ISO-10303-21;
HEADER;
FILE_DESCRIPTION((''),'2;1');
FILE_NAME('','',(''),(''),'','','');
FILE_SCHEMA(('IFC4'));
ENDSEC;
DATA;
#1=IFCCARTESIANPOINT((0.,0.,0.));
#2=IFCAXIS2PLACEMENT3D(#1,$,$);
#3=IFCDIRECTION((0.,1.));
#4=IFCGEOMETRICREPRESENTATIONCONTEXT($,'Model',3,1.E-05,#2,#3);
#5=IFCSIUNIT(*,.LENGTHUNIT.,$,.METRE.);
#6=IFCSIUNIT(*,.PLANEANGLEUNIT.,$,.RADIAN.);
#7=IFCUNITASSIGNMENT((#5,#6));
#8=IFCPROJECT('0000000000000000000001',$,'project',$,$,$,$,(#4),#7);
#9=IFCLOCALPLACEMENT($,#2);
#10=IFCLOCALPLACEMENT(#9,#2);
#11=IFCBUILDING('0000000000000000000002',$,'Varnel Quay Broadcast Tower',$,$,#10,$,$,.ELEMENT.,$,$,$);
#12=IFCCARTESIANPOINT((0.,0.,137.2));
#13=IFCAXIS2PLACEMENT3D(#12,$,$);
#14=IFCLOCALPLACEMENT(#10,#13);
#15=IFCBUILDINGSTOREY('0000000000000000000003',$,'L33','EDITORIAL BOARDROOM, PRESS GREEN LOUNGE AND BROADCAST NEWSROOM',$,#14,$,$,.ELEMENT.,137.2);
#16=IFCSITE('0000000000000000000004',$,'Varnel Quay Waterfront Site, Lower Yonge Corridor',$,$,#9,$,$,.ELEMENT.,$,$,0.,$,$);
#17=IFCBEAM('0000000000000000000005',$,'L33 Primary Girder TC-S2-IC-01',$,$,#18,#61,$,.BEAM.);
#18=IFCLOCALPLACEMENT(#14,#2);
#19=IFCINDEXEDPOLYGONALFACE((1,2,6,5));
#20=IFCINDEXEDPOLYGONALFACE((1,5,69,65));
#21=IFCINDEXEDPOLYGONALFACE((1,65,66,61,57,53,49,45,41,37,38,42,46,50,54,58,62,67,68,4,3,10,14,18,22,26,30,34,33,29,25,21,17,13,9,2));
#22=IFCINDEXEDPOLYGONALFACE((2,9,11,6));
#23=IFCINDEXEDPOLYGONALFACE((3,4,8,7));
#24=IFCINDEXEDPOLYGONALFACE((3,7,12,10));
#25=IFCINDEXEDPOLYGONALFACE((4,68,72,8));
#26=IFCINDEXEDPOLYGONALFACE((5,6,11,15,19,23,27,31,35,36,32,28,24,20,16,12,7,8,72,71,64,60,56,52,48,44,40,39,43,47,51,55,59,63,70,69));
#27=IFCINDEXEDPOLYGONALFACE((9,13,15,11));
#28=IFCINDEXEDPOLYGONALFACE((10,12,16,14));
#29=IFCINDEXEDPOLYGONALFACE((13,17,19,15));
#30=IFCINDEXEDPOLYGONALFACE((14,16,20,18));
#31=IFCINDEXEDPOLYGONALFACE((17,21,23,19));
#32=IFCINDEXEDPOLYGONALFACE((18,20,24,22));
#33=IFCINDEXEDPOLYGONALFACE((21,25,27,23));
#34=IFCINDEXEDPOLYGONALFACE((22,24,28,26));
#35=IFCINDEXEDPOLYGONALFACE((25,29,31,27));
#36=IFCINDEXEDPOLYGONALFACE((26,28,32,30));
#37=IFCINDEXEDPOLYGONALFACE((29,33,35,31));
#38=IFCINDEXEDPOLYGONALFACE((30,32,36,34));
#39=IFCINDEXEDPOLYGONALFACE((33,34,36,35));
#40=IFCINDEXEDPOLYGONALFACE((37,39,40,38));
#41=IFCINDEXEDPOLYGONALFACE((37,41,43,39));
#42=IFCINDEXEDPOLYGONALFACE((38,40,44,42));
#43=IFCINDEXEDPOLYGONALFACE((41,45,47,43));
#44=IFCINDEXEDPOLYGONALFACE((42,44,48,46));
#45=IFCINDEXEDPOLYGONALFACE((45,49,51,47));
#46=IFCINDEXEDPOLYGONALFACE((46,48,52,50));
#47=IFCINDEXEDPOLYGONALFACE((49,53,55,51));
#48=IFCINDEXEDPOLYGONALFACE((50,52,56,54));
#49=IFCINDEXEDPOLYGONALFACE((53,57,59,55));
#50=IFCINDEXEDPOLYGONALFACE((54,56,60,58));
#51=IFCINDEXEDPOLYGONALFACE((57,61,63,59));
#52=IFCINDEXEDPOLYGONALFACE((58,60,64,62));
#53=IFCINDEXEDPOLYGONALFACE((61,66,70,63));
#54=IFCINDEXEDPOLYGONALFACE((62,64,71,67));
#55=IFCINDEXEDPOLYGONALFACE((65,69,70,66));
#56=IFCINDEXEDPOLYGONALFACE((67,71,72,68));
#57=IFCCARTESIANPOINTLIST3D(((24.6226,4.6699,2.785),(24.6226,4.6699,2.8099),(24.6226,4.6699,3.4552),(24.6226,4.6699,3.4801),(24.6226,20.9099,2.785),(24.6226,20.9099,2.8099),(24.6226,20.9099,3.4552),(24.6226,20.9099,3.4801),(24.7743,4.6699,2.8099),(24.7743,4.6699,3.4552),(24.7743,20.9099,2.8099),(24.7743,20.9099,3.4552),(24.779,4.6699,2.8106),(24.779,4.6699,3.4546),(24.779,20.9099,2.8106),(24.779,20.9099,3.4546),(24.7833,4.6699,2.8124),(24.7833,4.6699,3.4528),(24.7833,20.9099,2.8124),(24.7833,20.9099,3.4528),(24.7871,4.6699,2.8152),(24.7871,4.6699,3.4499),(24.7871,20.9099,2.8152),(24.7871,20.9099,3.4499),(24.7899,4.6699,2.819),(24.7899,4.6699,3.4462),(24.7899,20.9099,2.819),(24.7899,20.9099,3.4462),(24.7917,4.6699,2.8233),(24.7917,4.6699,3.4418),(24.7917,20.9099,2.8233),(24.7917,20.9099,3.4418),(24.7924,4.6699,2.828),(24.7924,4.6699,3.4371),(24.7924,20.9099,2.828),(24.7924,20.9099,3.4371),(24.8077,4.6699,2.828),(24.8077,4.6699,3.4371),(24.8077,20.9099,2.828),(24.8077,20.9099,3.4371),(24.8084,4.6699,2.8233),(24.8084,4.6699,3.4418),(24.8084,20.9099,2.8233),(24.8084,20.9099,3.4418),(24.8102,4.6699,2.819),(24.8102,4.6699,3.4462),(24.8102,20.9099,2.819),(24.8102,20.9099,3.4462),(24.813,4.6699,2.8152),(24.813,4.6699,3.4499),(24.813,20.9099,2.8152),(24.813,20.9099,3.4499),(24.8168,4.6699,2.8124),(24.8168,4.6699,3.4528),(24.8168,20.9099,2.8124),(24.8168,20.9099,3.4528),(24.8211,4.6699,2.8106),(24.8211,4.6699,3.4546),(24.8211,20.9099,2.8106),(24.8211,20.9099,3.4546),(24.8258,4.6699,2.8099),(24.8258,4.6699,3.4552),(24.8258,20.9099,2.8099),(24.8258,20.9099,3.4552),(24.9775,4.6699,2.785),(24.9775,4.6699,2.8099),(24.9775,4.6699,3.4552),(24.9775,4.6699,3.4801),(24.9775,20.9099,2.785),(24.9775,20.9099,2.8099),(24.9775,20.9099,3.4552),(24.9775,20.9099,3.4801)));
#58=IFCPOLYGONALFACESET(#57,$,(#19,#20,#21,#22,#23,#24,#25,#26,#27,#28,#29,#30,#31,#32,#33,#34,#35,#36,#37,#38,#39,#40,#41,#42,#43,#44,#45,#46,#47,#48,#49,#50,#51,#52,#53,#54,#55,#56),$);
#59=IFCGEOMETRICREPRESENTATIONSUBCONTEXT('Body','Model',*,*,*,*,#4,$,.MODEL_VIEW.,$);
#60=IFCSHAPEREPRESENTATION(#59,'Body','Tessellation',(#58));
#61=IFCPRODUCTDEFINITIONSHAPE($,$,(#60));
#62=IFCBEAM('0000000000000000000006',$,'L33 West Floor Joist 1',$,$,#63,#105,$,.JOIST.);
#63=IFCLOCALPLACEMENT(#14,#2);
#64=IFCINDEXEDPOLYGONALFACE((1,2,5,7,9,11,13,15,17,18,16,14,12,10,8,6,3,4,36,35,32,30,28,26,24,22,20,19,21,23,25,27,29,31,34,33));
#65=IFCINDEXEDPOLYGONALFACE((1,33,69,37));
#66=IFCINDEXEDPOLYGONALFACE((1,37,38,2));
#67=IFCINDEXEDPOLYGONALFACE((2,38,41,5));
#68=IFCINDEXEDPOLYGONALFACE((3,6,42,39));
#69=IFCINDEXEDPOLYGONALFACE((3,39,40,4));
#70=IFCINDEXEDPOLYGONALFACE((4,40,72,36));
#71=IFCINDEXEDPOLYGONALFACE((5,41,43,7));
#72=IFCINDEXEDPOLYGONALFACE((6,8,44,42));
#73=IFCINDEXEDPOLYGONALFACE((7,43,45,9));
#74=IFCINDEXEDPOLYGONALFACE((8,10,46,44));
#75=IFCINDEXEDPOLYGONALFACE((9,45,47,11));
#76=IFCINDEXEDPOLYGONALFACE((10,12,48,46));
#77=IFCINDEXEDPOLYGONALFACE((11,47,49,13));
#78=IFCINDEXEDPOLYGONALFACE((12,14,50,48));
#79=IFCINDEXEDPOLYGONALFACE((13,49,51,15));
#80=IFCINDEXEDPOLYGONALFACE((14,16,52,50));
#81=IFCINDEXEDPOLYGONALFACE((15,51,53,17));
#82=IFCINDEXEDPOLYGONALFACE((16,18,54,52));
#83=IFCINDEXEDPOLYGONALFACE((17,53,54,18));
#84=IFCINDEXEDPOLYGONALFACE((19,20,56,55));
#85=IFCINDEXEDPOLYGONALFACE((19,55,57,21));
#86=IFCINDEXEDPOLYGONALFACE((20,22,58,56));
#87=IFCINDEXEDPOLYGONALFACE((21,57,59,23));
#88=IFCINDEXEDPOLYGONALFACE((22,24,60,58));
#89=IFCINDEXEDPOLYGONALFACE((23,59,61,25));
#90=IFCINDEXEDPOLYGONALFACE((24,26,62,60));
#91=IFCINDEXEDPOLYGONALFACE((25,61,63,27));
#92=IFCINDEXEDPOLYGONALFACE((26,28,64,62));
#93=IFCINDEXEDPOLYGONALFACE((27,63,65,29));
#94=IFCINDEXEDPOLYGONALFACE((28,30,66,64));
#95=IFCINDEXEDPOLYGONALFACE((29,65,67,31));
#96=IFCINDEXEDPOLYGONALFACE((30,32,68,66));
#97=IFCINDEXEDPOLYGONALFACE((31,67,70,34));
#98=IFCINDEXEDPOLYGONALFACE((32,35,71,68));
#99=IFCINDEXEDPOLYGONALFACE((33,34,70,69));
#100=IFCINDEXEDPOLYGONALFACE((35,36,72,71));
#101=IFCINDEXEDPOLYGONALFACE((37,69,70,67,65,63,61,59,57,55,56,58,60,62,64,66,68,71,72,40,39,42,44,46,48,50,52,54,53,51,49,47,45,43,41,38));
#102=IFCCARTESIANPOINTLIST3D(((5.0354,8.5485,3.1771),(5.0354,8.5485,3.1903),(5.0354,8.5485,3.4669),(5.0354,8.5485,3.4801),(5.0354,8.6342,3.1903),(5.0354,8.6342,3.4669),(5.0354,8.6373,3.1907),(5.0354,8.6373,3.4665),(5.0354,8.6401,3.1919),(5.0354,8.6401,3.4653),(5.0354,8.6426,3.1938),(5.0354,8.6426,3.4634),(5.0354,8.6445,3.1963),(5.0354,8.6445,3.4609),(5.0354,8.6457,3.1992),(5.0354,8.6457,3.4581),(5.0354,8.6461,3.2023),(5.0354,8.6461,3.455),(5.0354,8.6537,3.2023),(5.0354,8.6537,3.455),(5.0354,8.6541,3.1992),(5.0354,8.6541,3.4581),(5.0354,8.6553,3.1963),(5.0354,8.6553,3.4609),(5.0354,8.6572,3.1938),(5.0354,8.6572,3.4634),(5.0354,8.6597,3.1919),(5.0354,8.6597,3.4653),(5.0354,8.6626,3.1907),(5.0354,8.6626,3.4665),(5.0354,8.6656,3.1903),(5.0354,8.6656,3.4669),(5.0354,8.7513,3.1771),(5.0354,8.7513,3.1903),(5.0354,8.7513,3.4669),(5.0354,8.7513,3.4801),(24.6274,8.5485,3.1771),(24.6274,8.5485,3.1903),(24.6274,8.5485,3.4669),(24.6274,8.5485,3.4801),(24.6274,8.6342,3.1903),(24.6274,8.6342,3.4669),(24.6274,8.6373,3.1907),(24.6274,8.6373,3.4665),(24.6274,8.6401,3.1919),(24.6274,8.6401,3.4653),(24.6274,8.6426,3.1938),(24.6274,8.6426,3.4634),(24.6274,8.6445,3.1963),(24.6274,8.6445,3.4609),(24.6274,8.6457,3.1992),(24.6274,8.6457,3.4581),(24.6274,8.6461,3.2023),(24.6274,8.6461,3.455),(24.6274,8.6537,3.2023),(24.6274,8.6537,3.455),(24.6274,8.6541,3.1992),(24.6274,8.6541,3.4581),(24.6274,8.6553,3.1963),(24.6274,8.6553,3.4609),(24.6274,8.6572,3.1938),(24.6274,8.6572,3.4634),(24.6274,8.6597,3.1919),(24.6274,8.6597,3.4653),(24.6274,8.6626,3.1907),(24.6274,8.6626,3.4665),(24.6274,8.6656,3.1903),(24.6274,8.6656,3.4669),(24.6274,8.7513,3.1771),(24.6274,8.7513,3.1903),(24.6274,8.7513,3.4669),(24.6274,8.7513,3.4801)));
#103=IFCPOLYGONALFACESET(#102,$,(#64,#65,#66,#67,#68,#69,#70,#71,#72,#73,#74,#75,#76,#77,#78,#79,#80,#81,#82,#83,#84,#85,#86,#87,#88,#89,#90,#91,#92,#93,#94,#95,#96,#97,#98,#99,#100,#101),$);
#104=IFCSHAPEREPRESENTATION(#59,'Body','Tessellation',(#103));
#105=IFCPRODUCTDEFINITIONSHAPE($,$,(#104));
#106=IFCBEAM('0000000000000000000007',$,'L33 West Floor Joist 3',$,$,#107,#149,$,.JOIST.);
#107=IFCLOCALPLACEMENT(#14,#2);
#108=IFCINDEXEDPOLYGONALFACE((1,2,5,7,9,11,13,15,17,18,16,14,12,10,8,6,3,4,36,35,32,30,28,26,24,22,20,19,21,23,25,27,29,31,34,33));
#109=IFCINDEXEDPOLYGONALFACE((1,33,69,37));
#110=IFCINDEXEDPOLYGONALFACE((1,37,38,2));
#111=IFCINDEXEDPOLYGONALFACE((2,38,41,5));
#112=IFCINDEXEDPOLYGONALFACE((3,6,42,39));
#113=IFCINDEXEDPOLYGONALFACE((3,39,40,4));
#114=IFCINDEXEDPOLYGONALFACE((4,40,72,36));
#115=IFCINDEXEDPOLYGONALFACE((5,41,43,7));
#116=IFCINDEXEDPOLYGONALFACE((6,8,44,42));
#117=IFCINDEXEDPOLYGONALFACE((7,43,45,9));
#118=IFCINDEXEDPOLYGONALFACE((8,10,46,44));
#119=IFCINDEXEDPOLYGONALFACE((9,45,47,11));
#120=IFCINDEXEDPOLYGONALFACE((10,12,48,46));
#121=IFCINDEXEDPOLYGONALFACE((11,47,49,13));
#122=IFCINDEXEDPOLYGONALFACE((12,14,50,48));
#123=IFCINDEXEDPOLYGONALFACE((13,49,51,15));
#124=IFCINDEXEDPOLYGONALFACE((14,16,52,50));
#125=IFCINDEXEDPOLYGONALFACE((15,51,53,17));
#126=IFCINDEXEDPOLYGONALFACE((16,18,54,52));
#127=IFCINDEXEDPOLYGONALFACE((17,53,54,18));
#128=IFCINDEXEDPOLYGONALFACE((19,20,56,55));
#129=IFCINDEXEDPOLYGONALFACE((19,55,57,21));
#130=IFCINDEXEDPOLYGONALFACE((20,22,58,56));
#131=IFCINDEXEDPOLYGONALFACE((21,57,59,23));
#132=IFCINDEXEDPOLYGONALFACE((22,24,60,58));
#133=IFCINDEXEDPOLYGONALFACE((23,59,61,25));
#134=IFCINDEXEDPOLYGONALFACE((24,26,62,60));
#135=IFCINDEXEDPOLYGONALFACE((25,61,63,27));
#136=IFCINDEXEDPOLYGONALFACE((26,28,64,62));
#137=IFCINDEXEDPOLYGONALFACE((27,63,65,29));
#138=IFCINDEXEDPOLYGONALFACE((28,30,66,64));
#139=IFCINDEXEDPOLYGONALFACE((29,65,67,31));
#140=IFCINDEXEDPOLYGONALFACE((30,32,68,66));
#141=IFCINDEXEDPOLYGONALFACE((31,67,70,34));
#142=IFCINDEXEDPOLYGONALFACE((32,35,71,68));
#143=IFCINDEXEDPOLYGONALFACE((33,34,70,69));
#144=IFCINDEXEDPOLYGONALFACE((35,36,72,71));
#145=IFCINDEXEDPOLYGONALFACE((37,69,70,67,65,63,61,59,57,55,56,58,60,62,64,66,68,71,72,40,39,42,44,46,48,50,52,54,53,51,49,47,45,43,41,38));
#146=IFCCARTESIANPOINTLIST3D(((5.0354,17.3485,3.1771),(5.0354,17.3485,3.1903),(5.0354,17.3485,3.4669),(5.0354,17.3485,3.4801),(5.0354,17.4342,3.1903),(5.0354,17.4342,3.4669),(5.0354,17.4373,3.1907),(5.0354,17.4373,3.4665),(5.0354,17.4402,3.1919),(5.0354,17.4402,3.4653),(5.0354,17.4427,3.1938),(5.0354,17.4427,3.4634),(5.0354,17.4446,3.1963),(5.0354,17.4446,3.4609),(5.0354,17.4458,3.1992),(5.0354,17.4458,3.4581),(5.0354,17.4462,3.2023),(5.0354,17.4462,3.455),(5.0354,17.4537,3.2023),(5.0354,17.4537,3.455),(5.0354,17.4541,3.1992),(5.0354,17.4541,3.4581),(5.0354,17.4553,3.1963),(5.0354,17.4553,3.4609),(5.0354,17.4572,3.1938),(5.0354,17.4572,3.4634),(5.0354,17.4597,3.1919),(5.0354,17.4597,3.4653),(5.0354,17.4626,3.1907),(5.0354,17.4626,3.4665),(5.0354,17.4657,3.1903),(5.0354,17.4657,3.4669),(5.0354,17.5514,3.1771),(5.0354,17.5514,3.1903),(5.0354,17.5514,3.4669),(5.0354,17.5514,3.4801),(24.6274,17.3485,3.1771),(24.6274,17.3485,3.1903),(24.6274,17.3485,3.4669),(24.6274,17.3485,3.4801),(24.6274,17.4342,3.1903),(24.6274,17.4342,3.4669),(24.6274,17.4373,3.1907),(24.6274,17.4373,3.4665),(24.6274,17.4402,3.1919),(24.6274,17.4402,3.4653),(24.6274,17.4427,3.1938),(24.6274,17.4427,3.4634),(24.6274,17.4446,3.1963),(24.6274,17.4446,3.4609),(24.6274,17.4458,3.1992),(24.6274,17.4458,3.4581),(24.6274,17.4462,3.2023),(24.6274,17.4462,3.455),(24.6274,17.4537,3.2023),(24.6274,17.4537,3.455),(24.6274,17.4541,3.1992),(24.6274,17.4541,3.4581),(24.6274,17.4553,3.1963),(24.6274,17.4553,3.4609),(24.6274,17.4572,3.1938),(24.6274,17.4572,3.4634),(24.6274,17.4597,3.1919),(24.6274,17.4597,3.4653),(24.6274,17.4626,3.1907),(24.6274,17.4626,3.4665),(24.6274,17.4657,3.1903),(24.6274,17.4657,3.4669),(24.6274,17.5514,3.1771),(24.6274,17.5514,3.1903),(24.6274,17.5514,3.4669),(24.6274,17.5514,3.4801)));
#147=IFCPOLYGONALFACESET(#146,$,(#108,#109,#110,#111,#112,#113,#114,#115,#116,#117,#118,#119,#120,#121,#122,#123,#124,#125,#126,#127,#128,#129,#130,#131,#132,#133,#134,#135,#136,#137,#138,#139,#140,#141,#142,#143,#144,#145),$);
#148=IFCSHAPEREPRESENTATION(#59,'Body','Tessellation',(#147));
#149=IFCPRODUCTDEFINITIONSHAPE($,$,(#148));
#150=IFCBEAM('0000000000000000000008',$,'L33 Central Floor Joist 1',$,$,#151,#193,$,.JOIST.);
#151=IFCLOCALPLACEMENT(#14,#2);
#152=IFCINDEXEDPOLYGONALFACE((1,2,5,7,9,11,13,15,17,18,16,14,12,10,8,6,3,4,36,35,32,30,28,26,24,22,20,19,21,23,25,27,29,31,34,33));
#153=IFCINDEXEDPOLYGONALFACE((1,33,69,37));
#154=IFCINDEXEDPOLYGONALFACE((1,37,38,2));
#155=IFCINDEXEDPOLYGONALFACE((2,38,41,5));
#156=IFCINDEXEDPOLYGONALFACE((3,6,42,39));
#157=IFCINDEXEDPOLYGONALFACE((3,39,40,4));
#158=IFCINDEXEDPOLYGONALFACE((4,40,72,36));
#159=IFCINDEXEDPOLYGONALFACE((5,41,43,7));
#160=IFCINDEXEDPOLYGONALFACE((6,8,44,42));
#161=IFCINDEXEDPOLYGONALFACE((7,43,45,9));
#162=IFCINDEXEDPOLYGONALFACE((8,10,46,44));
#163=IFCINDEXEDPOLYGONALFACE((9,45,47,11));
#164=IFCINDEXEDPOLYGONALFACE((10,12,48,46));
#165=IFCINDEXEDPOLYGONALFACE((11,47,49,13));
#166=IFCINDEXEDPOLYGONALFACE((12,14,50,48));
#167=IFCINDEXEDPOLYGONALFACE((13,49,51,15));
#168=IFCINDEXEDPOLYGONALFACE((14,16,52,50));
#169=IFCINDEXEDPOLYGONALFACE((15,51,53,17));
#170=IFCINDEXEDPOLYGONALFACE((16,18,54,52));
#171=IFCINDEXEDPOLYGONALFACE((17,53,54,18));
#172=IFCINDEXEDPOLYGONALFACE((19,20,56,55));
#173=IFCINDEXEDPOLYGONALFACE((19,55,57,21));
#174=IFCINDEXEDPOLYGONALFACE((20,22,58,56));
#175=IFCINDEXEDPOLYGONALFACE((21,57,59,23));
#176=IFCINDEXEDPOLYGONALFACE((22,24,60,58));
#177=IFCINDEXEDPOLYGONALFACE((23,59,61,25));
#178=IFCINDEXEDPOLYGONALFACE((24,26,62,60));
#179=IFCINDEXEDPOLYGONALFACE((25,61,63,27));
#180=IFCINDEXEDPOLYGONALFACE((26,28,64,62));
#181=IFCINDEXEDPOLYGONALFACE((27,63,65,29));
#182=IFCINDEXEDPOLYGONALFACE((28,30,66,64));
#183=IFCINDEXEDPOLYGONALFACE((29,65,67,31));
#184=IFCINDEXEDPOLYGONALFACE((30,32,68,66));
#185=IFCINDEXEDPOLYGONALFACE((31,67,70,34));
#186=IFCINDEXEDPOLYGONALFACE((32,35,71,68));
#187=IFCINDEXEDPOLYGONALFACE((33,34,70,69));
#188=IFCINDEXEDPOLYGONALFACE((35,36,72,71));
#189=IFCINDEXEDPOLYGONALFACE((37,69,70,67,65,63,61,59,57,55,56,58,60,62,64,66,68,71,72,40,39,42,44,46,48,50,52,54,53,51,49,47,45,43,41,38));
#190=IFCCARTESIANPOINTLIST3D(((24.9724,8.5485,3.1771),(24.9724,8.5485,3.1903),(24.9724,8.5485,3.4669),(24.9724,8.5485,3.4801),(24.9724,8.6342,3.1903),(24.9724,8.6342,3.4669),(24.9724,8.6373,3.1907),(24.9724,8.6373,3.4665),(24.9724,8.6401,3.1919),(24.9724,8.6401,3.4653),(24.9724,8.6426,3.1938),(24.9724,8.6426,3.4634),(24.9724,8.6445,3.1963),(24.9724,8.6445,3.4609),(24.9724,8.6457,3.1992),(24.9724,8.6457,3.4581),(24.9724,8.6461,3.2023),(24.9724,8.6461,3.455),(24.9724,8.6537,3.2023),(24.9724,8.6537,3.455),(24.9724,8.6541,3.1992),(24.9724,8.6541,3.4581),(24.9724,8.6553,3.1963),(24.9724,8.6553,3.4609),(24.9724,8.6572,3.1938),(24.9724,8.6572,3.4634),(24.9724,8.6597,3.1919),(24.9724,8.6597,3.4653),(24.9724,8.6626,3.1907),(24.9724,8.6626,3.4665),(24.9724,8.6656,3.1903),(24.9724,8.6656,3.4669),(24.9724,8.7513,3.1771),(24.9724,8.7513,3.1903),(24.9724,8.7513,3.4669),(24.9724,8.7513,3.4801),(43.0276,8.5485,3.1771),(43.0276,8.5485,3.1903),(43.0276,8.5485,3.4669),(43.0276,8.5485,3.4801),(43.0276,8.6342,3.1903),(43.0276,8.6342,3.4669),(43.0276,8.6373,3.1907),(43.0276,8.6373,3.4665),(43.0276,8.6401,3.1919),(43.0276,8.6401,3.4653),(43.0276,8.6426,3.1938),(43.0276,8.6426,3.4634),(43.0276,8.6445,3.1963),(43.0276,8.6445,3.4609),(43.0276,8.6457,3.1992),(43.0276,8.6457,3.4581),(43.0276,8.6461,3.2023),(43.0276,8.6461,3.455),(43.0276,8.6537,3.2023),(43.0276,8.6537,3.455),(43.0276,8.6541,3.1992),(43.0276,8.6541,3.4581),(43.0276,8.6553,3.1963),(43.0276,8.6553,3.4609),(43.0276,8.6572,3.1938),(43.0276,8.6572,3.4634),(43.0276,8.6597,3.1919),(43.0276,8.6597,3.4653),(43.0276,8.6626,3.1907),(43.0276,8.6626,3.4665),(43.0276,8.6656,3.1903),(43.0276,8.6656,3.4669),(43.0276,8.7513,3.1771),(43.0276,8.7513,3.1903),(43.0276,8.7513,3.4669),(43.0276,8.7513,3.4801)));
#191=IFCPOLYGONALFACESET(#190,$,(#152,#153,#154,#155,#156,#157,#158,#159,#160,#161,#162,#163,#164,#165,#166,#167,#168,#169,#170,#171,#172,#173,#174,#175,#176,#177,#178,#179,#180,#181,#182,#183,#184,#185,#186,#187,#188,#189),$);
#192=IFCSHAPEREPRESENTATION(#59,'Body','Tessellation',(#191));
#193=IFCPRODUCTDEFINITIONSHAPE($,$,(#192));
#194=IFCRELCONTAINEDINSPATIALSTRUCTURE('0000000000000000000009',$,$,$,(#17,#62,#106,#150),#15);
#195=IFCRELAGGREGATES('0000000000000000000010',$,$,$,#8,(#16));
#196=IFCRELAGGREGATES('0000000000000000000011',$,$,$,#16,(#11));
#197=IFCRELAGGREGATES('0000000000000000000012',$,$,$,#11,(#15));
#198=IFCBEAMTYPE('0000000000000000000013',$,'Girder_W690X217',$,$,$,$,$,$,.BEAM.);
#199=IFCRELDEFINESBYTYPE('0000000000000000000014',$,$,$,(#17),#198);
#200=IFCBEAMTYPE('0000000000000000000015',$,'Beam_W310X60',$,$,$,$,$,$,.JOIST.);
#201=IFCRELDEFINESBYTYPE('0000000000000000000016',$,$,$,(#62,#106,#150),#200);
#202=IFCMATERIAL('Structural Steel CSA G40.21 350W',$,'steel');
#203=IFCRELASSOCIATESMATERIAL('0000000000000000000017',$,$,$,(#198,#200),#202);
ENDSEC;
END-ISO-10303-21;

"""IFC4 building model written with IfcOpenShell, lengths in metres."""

from ifc_helpers import new_model, si_unit, direction, frame, origin, origin_2d, place, context, subcontext, project, spatial, i_section, extrude, source, transform, mapped, material, material_profile, profile_set, type_object, type_shapes, element, save


model = new_model("IFC4")

# Units and contexts
model_context = context("Model", 3, precision=1e-05, world=origin(), true_north=direction((0.0, 1.0)))
body_context = subcontext(model_context, "Body", "Model", "MODEL_VIEW")
ifc_project = project(units=[si_unit("LENGTHUNIT", "METRE"), si_unit("PLANEANGLEUNIT", "RADIAN")], contexts=[model_context])

# Site, building, storey
site_placement = place(None, origin())
site = spatial("IfcSite", under=ifc_project, at=site_placement, Name="Varnel Quay Waterfront Site, Lower Yonge Corridor", CompositionType="ELEMENT", RefElevation=0.0)
building_placement = place(site_placement, origin())
building = spatial("IfcBuilding", under=site, at=building_placement, Name="Varnel Quay Broadcast Tower", CompositionType="ELEMENT")
storey_placement = place(building_placement, frame((0.0, 0.0, 137.2)))
storey = spatial("IfcBuildingStorey", under=building, at=storey_placement, Name="L33", Description="EDITORIAL BOARDROOM, PRESS GREEN LOUNGE AND BROADCAST NEWSROOM", CompositionType="ELEMENT", Elevation=137.2)

# Shared definitions
ifc_material_1 = material(Name="Structural Steel CSA G40.21 350W", Category="steel")

# Beams
ifc_material_profile_1 = material_profile(ifc_material_1, i_section(OverallWidth=0.355, OverallDepth=0.6951, WebThickness=0.0154, FlangeThickness=0.0249, FilletRadius=0.0181, at=origin_2d()), Name="W690X217")
ifc_profile_set_1 = profile_set([ifc_material_profile_1], Name="Structural Steel CSA G40.21 350W")
beam_type_1 = type_object("IfcBeamType", Name="Girder_W690X217", PredefinedType="BEAM", material=ifc_profile_set_1)
shared_shape_1 = source(origin(), body_context, "Body", "SweptSolid", [
    extrude(i_section(OverallWidth=0.355, OverallDepth=0.6951, WebThickness=0.0154, FlangeThickness=0.0249, FilletRadius=0.0181, at=origin_2d()), origin(), (0.0, 0.0, 1.0), 16.24),
])
type_shapes(beam_type_1, [shared_shape_1])
beam_1_placement = place(storey_placement, frame((24.8, 4.6699, 3.1326), z_axis=(0.0, 1.0, 0.0), x_axis=(-1.0, 0.0, 0.0)))
element("IfcBeam", 1, at=beam_1_placement, inside=storey, type_object=beam_type_1, Name="L33 Primary Girder TC-S2-IC-01", PredefinedType="BEAM", context=body_context, shape_type="MappedRepresentation", body=[
    mapped(shared_shape_1, transform((0.0, 0.0, 0.0), x_axis=(1.0, 0.0, 0.0), y_axis=(0.0, 1.0, 0.0), z_axis=(0.0, 0.0, 1.0), scale=1.0)),
])
ifc_material_profile_2 = material_profile(ifc_material_1, i_section(OverallWidth=0.2029, OverallDepth=0.303, WebThickness=0.0076, FlangeThickness=0.0132, FilletRadius=0.012, at=origin_2d()), Name="W310X60")
ifc_profile_set_2 = profile_set([ifc_material_profile_2], Name="Structural Steel CSA G40.21 350W")
beam_type_2 = type_object("IfcBeamType", Name="Beam_W310X60", PredefinedType="JOIST", material=ifc_profile_set_2)
shared_shape_2 = source(origin(), body_context, "Body", "SweptSolid", [
    extrude(i_section(OverallWidth=0.2029, OverallDepth=0.303, WebThickness=0.0076, FlangeThickness=0.0132, FilletRadius=0.012, at=origin_2d()), origin(), (0.0, 0.0, 1.0), 19.592),
])
for number, where, z_axis, x_axis, name in (
    (2, (5.0354, 8.6499, 3.3286), (1.0, 0.0, 0.0), (0.0, 1.0, 0.0), "L33 West Floor Joist 1"),
    (3, (5.0354, 17.45, 3.3286), (1.0, 0.0, 0.0), (0.0, 1.0, 0.0), "L33 West Floor Joist 3"),
):
    element("IfcBeam", number, at=place(storey_placement, frame(where, z_axis=z_axis, x_axis=x_axis)), inside=storey, type_object=beam_type_2, Name=name, PredefinedType="JOIST", context=body_context, shape_type="MappedRepresentation", body=[
        mapped(shared_shape_2, transform((0.0, 0.0, 0.0), x_axis=(1.0, 0.0, 0.0), y_axis=(0.0, 1.0, 0.0), z_axis=(0.0, 0.0, 1.0), scale=1.0)),
    ])
shared_shape_3 = source(origin(), body_context, "Body", "SweptSolid", [
    extrude(i_section(OverallWidth=0.2029, OverallDepth=0.303, WebThickness=0.0076, FlangeThickness=0.0132, FilletRadius=0.012, at=origin_2d()), origin(), (0.0, 0.0, 1.0), 18.0552),
])
type_shapes(beam_type_2, [shared_shape_2, shared_shape_3])
beam_2_placement = place(storey_placement, frame((24.9724, 8.6499, 3.3286), z_axis=(1.0, 0.0, 0.0), x_axis=(0.0, 1.0, 0.0)))
element("IfcBeam", 4, at=beam_2_placement, inside=storey, type_object=beam_type_2, Name="L33 Central Floor Joist 1", PredefinedType="JOIST", context=body_context, shape_type="MappedRepresentation", body=[
    mapped(shared_shape_3, transform((0.0, 0.0, 0.0), x_axis=(1.0, 0.0, 0.0), y_axis=(0.0, 1.0, 0.0), z_axis=(0.0, 0.0, 1.0), scale=1.0)),
])

save(model, "model.ifc")
